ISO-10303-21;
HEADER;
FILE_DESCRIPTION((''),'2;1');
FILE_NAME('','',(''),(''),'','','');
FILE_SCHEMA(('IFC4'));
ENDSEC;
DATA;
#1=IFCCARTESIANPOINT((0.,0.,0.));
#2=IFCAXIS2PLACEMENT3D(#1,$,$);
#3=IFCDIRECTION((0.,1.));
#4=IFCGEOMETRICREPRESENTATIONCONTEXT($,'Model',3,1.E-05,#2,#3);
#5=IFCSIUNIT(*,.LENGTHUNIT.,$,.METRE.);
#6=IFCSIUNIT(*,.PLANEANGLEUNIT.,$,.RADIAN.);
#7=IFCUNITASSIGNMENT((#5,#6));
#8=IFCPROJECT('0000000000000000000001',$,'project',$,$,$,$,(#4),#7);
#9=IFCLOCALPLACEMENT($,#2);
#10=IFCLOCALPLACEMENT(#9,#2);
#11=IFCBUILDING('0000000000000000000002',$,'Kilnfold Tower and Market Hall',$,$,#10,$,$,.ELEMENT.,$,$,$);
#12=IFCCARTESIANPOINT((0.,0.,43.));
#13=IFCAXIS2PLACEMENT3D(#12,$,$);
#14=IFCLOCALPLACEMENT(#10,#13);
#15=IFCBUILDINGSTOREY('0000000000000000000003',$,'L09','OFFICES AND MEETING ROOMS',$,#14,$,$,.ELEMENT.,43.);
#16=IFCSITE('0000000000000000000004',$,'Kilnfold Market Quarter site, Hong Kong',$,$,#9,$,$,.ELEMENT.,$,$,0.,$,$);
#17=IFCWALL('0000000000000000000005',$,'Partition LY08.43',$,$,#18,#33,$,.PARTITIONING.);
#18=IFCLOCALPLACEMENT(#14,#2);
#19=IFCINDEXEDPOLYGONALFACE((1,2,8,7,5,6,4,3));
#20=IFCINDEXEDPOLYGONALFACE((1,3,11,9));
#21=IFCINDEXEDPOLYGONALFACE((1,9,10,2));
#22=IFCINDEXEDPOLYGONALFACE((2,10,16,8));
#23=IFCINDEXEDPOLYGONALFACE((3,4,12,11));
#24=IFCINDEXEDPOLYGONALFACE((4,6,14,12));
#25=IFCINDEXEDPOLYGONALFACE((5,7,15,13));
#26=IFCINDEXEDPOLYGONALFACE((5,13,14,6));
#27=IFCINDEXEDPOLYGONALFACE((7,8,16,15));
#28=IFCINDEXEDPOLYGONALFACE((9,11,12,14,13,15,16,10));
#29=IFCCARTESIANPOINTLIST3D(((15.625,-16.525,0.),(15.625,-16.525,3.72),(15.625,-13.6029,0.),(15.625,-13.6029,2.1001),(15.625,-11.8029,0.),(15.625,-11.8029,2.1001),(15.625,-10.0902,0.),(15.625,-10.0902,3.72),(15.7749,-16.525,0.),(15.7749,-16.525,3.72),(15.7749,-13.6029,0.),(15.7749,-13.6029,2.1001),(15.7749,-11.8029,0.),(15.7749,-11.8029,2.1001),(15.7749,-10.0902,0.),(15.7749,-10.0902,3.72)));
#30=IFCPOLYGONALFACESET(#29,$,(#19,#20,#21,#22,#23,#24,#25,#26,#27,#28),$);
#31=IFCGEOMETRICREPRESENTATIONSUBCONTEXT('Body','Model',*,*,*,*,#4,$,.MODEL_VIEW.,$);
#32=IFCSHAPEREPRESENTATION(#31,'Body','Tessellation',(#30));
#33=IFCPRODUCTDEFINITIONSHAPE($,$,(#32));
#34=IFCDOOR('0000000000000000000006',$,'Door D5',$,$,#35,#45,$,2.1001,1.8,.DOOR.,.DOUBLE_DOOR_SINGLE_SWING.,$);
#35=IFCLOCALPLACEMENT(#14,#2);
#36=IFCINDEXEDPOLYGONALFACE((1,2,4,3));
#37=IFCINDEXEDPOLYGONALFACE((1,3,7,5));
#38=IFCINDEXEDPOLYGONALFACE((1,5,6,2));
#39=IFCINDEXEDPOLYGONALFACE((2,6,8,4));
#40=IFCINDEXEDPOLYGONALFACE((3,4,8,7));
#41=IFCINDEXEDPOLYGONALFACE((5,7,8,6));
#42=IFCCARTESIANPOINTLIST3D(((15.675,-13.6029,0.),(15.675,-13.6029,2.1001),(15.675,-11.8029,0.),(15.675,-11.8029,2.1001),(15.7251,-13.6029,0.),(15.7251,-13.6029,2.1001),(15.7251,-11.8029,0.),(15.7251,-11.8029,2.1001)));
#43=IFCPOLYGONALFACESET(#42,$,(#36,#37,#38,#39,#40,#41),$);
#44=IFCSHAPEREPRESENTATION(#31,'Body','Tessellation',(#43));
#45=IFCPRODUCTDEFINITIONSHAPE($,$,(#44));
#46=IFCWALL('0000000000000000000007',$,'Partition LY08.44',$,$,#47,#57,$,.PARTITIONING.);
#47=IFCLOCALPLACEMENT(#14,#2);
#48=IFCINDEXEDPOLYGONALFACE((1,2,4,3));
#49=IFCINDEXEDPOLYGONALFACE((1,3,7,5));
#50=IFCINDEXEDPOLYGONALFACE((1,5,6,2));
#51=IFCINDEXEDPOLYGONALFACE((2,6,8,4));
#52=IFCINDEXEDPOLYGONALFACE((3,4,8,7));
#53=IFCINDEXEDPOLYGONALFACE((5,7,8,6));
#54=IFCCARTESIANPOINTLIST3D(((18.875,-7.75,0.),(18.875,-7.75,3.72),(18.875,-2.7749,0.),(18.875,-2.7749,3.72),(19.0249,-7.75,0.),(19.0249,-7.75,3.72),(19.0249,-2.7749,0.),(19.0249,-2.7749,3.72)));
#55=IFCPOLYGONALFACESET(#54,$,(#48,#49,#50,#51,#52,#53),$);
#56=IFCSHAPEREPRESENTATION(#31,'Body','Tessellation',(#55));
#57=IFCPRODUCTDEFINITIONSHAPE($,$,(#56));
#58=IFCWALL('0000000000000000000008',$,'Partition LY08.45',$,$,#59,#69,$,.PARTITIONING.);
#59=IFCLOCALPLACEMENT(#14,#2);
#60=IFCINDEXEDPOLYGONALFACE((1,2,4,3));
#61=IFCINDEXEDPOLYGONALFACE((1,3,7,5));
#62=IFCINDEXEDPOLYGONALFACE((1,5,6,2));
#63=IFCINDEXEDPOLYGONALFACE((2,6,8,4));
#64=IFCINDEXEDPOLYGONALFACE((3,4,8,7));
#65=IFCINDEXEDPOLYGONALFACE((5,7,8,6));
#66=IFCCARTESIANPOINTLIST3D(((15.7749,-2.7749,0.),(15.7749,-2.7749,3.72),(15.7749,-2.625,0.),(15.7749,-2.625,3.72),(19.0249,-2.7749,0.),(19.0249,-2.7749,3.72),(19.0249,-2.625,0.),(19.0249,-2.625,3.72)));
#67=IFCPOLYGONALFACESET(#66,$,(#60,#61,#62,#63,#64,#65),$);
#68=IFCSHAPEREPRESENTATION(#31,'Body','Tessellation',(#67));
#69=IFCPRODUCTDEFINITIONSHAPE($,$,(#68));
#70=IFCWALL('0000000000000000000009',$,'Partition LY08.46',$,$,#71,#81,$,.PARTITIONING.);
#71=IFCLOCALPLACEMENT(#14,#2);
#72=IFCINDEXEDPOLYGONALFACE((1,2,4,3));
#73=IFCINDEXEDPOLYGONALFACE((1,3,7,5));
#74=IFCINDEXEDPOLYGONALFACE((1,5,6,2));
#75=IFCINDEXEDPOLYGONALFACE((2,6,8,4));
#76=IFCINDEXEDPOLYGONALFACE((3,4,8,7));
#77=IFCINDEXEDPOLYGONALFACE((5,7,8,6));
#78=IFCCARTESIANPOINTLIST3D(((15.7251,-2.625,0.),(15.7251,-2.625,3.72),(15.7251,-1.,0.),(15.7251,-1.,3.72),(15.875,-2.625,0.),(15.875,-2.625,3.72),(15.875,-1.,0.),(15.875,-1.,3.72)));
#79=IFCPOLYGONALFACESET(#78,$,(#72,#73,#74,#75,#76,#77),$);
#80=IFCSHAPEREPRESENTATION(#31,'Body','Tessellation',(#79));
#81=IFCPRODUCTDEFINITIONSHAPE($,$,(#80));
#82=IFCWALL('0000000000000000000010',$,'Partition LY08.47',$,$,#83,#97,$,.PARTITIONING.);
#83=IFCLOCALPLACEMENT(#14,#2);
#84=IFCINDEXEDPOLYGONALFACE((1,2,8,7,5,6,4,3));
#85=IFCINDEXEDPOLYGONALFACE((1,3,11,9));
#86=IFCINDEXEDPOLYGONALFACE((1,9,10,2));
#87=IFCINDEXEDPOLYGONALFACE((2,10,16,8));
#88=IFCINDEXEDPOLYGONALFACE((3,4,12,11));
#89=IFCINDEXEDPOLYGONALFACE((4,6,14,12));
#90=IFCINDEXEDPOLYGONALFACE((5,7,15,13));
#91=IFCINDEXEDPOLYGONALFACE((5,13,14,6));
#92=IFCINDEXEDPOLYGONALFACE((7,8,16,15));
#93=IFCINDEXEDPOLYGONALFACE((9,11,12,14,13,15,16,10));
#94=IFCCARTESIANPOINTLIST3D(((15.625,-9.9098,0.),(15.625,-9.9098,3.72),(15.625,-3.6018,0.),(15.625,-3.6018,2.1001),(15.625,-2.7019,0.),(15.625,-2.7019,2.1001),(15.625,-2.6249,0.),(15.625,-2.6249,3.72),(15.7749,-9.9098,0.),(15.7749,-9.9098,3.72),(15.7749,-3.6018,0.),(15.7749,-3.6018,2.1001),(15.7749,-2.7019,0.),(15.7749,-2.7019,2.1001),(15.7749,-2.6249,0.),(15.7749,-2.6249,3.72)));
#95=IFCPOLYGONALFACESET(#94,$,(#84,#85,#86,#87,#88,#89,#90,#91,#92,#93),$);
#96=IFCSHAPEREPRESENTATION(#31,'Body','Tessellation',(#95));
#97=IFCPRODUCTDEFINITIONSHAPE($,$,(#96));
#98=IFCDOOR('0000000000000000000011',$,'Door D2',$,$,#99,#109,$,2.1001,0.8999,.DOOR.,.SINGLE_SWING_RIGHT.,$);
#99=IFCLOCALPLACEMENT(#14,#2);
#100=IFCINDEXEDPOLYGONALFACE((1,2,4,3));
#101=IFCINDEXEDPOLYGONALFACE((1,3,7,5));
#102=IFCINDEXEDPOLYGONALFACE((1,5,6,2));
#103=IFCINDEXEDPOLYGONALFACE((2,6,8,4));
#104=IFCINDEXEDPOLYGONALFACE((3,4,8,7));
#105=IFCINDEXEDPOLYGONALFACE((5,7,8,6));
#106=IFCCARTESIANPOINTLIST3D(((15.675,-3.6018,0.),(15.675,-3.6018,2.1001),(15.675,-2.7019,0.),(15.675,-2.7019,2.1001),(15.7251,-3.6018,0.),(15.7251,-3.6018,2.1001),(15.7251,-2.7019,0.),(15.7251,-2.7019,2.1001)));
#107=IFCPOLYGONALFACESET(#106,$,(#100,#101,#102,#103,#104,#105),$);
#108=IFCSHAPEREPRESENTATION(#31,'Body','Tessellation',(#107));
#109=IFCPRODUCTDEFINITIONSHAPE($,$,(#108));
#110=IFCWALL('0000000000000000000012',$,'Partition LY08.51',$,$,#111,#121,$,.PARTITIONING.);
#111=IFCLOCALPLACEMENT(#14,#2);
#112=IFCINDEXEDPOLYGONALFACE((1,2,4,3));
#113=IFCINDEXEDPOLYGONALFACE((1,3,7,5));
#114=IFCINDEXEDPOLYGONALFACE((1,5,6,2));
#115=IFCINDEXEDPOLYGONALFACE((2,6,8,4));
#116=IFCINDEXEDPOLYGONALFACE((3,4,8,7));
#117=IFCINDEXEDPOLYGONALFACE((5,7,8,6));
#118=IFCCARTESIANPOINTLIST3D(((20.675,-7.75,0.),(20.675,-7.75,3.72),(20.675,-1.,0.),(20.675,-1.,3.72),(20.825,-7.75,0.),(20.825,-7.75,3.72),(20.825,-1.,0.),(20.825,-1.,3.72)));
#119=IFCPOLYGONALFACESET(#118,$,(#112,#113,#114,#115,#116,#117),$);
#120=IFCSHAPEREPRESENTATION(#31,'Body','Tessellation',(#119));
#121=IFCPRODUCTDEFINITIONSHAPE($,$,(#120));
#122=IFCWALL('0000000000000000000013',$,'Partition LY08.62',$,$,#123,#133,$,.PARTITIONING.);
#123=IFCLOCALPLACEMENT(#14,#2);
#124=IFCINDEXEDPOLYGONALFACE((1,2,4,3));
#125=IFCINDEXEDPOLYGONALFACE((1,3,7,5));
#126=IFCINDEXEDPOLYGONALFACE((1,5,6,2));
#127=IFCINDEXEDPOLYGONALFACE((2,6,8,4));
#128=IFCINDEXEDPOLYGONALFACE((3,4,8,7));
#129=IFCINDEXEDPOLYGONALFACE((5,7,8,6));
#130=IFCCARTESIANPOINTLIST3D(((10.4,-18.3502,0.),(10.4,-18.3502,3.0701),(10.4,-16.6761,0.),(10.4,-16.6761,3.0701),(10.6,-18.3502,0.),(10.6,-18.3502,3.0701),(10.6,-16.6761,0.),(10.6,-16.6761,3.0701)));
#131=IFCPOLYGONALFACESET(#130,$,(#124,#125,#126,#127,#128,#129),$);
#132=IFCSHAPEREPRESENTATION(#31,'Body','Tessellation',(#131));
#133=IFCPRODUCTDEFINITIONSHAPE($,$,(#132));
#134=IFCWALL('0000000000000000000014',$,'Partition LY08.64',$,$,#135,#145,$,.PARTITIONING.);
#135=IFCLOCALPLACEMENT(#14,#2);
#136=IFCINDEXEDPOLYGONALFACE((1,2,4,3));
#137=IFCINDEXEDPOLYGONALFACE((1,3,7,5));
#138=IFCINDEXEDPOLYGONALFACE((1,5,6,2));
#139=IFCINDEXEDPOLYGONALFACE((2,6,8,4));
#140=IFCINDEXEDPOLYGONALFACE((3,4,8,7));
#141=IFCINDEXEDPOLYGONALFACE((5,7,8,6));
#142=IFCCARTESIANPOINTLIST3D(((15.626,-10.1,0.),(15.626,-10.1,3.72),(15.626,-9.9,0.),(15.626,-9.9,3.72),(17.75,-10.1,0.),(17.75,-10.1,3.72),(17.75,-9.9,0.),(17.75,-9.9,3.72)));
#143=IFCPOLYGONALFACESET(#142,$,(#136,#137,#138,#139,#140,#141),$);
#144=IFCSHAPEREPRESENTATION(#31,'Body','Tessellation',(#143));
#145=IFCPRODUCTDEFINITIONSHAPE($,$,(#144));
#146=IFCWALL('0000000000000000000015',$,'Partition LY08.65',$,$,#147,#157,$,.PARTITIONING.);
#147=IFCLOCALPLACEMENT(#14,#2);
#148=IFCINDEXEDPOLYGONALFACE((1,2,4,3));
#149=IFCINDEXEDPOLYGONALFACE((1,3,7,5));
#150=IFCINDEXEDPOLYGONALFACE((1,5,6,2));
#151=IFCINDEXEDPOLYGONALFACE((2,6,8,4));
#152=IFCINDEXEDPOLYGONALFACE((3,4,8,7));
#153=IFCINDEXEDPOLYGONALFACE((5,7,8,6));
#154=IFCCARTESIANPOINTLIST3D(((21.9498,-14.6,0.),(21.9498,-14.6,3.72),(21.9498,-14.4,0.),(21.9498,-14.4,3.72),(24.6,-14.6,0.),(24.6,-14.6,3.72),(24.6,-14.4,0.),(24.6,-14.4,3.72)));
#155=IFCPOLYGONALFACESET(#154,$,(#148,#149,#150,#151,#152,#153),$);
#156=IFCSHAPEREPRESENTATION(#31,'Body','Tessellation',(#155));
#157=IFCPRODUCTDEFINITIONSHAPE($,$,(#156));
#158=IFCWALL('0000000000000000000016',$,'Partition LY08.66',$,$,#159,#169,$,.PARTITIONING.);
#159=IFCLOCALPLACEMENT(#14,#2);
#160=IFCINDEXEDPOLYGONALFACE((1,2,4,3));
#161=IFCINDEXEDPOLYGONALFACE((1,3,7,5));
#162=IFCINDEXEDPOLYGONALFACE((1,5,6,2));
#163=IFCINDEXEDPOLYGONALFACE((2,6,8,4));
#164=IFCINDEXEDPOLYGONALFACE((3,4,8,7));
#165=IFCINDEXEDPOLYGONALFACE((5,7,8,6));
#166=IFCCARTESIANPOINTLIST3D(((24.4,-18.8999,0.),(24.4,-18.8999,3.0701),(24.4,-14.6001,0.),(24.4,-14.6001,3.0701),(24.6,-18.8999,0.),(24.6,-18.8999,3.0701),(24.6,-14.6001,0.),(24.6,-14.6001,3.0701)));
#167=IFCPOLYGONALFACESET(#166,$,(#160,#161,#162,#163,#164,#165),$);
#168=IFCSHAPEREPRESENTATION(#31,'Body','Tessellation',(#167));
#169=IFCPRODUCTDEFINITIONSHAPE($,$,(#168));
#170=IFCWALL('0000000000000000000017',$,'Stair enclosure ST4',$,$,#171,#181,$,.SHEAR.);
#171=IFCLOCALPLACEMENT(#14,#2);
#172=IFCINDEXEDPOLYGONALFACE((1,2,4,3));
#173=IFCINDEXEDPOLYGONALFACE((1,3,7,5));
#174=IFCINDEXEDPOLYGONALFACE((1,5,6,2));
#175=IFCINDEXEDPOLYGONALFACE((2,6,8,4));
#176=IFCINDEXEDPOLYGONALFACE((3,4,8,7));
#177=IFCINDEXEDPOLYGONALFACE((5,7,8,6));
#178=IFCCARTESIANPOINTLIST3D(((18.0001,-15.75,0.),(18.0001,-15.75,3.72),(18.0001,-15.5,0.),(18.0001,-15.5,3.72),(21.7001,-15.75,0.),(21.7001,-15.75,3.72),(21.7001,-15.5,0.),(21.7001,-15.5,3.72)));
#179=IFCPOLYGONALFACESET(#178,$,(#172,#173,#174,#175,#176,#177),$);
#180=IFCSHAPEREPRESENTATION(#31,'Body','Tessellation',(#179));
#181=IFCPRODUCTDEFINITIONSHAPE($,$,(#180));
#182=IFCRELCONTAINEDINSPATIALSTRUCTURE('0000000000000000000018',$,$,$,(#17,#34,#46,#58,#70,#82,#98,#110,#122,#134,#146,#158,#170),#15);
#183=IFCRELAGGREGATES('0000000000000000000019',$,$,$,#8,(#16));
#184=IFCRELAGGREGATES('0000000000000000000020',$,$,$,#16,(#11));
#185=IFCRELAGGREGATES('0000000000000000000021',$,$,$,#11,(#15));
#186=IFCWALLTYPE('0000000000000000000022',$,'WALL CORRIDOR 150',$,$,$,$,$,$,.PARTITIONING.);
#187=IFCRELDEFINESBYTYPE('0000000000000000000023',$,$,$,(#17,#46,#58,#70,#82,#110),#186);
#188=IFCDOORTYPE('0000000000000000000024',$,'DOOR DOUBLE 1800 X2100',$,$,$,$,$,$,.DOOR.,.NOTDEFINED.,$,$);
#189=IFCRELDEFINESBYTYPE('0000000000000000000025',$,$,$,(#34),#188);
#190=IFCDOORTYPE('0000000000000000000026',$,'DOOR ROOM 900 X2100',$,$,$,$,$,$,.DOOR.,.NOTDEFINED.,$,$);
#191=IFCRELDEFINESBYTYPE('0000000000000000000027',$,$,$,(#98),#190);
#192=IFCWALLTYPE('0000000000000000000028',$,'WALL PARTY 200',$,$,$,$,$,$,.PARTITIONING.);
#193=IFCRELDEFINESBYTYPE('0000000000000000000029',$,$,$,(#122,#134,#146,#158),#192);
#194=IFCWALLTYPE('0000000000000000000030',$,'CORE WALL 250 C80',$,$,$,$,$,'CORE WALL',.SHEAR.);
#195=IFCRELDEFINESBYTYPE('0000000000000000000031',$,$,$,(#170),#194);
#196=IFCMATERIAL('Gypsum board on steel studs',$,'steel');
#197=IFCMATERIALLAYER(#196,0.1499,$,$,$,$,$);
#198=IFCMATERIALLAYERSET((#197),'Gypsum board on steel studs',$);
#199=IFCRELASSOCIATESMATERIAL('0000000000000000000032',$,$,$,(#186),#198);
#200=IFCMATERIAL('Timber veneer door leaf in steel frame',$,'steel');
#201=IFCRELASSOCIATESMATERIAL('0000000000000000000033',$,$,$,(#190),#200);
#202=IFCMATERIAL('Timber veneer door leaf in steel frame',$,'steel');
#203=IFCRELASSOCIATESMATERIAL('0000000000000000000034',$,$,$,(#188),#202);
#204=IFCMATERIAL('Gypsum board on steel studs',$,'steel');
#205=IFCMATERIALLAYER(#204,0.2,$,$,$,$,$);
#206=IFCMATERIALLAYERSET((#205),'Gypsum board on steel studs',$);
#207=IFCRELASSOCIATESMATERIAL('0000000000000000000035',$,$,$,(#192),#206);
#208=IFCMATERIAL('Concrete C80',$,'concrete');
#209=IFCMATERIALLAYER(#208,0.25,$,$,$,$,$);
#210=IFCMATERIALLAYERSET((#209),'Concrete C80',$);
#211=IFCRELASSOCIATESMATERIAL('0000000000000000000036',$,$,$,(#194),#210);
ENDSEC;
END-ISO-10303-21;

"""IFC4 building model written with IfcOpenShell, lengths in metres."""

from ifc_helpers import new_model, si_unit, direction, frame, frame_2d, origin, place, context, subcontext, project, spatial, rectangle, extrude, source, transform, mapped, material, layer, layer_set, type_object, element, fill, save


model = new_model("IFC4")

# Units and contexts
model_context = context("Model", 3, precision=1e-05, world=origin(), true_north=direction((0.0, 1.0)))
body_context = subcontext(model_context, "Body", "Model", "MODEL_VIEW")
ifc_project = project(units=[si_unit("LENGTHUNIT", "METRE"), si_unit("PLANEANGLEUNIT", "RADIAN")], contexts=[model_context])

# Site, building, storey
site_placement = place(None, origin())
site = spatial("IfcSite", under=ifc_project, at=site_placement, Name="Kilnfold Market Quarter site, Hong Kong", CompositionType="ELEMENT", RefElevation=0.0)
building_placement = place(site_placement, origin())
building = spatial("IfcBuilding", under=site, at=building_placement, Name="Kilnfold Tower and Market Hall", CompositionType="ELEMENT")
storey_placement = place(building_placement, frame((0.0, 0.0, 43.0)))
storey = spatial("IfcBuildingStorey", under=building, at=storey_placement, Name="L09", Description="OFFICES AND MEETING ROOMS", CompositionType="ELEMENT", Elevation=43.0)

# Shared definitions
ifc_material_1 = material(Name="Gypsum board on steel studs", Category="steel")
ifc_layer_1 = layer(ifc_material_1, 0.1499)
ifc_layer_set_1 = layer_set([ifc_layer_1], Name="Gypsum board on steel studs")
wall_type_1 = type_object("IfcWallType", Name="WALL CORRIDOR 150", PredefinedType="PARTITIONING", material=ifc_layer_set_1)

# Wall, opening, door
ifc_material_2 = material(Name="Timber veneer door leaf in steel frame", Category="steel")
door_type_1 = type_object("IfcDoorType", Name="DOOR ROOM 900 X2100", OperationType="NOTDEFINED", PredefinedType="DOOR", material=ifc_material_2)
wall_1_placement = place(storey_placement, frame((15.7, -16.5249, 0.0), z_axis=(0.0, 0.0, 1.0), x_axis=(0.0, 1.0, 0.0)))
wall_1 = element("IfcWall", 1, at=wall_1_placement, inside=storey, type_object=wall_type_1, Name="Partition LY08.43", PredefinedType="PARTITIONING", context=body_context, shape_type="SweptSolid", body=[
    extrude(rectangle(XDim=6.4348, YDim=0.1499, at=frame_2d((3.2173, 0.0))), origin(), (0.0, 0.0, 1.0), 3.72),
])
opening_1_placement = place(wall_1_placement, frame((2.9221, 0.0, 0.0)))
opening_1 = element("IfcOpeningElement", 2, at=opening_1_placement, cuts=wall_1, PredefinedType="OPENING", context=body_context, shape_type="SweptSolid", body=[
    extrude(rectangle(XDim=1.8, YDim=2.1001, at=frame_2d((0.8999, 1.05))), frame((0.0, 0.085, 0.0), z_axis=(0.0, -1.0, 0.0), x_axis=(1.0, 0.0, 0.0)), (0.0, 0.0, 1.0), 0.1699),
])
ifc_material_3 = material(Name="Timber veneer door leaf in steel frame", Category="steel")
door_type_2 = type_object("IfcDoorType", Name="DOOR DOUBLE 1800 X2100", OperationType="NOTDEFINED", PredefinedType="DOOR", material=ifc_material_3)
door_1_placement = place(opening_1_placement, origin())
door_1 = element("IfcDoor", 3, at=door_1_placement, inside=storey, type_object=door_type_2, Name="Door D5", OperationType="DOUBLE_DOOR_SINGLE_SWING", OverallHeight=2.1001, OverallWidth=1.8, PredefinedType="DOOR", context=body_context, shape_type="SweptSolid", body=[
    extrude(rectangle(XDim=1.8, YDim=2.1001, at=frame_2d((0.8999, 1.05))), frame((0.0, 0.0249, 0.0), z_axis=(0.0, -1.0, 0.0), x_axis=(1.0, 0.0, 0.0)), (0.0, 0.0, 1.0), 0.05),
])
fill(opening_1, door_1)

# Walls
wall_2_placement = place(storey_placement, frame((18.95, -2.7749, 0.0), z_axis=(0.0, 0.0, 1.0), x_axis=(0.0, -1.0, 0.0)))
element("IfcWall", 4, at=wall_2_placement, inside=storey, type_object=wall_type_1, Name="Partition LY08.44", PredefinedType="PARTITIONING", context=body_context, shape_type="SweptSolid", body=[
    extrude(rectangle(XDim=4.9751, YDim=0.1499, at=frame_2d((2.4875, 0.0))), origin(), (0.0, 0.0, 1.0), 3.72),
])
wall_3_placement = place(storey_placement, frame((15.7749, -2.7, 0.0), z_axis=(0.0, 0.0, 1.0), x_axis=(1.0, 0.0, 0.0)))
element("IfcWall", 5, at=wall_3_placement, inside=storey, type_object=wall_type_1, Name="Partition LY08.45", PredefinedType="PARTITIONING", context=body_context, shape_type="SweptSolid", body=[
    extrude(rectangle(XDim=3.25, YDim=0.1499, at=frame_2d((1.625, 0.0))), origin(), (0.0, 0.0, 1.0), 3.72),
])
wall_4_placement = place(storey_placement, frame((15.8, -2.625, 0.0), z_axis=(0.0, 0.0, 1.0), x_axis=(0.0, 1.0, 0.0)))
element("IfcWall", 6, at=wall_4_placement, inside=storey, type_object=wall_type_1, Name="Partition LY08.46", PredefinedType="PARTITIONING", context=body_context, shape_type="SweptSolid", body=[
    extrude(rectangle(XDim=1.625, YDim=0.1499, at=frame_2d((0.8125, 0.0))), origin(), (0.0, 0.0, 1.0), 3.72),
])

# Wall, opening, door
wall_5_placement = place(storey_placement, frame((15.7, -9.9099, 0.0), z_axis=(0.0, 0.0, 1.0), x_axis=(0.0, 1.0, 0.0)))
wall_5 = element("IfcWall", 7, at=wall_5_placement, inside=storey, type_object=wall_type_1, Name="Partition LY08.47", PredefinedType="PARTITIONING", context=body_context, shape_type="SweptSolid", body=[
    extrude(rectangle(XDim=7.2849, YDim=0.1499, at=frame_2d((3.6426, 0.0))), origin(), (0.0, 0.0, 1.0), 3.72),
])
opening_2_placement = place(wall_5_placement, frame((6.3081, 0.0, 0.0)))
opening_2 = element("IfcOpeningElement", 8, at=opening_2_placement, cuts=wall_5, PredefinedType="OPENING", context=body_context, shape_type="SweptSolid", body=[
    extrude(rectangle(XDim=0.8999, YDim=2.1001, at=frame_2d((0.45, 1.05))), frame((0.0, 0.085, 0.0), z_axis=(0.0, -1.0, 0.0), x_axis=(1.0, 0.0, 0.0)), (0.0, 0.0, 1.0), 0.1699),
])
door_2_placement = place(opening_2_placement, origin())
door_2 = element("IfcDoor", 9, at=door_2_placement, inside=storey, type_object=door_type_1, Name="Door D2", OperationType="SINGLE_SWING_RIGHT", OverallHeight=2.1001, OverallWidth=0.8999, PredefinedType="DOOR", context=body_context, shape_type="SweptSolid", body=[
    extrude(rectangle(XDim=0.8999, YDim=2.1001, at=frame_2d((0.45, 1.05))), frame((0.0, 0.0249, 0.0), z_axis=(0.0, -1.0, 0.0), x_axis=(1.0, 0.0, 0.0)), (0.0, 0.0, 1.0), 0.05),
])
fill(opening_2, door_2)

# Walls
wall_6_placement = place(storey_placement, frame((20.75, -7.75, 0.0), z_axis=(0.0, 0.0, 1.0), x_axis=(0.0, 1.0, 0.0)))
element("IfcWall", 10, at=wall_6_placement, inside=storey, type_object=wall_type_1, Name="Partition LY08.51", PredefinedType="PARTITIONING", context=body_context, shape_type="SweptSolid", body=[
    extrude(rectangle(XDim=6.75, YDim=0.1499, at=frame_2d((3.375, 0.0))), origin(), (0.0, 0.0, 1.0), 3.72),
])
ifc_material_4 = material(Name="Gypsum board on steel studs", Category="steel")
ifc_layer_2 = layer(ifc_material_4, 0.2)
ifc_layer_set_2 = layer_set([ifc_layer_2], Name="Gypsum board on steel studs")
wall_type_2 = type_object("IfcWallType", Name="WALL PARTY 200", PredefinedType="PARTITIONING", material=ifc_layer_set_2)
wall_7_placement = place(storey_placement, frame((10.5, -18.3501, 0.0), z_axis=(0.0, 0.0, 1.0), x_axis=(0.0, 1.0, 0.0)))
element("IfcWall", 11, at=wall_7_placement, inside=storey, type_object=wall_type_2, Name="Partition LY08.62", PredefinedType="PARTITIONING", context=body_context, shape_type="SweptSolid", body=[
    extrude(rectangle(XDim=1.6741, YDim=0.2, at=frame_2d((0.8369, 0.0))), origin(), (0.0, 0.0, 1.0), 3.0701),
])
wall_8_placement = place(storey_placement, frame((17.75, -10.0, 0.0), z_axis=(0.0, 0.0, 1.0), x_axis=(-1.0, 0.0, 0.0)))
element("IfcWall", 12, at=wall_8_placement, inside=storey, type_object=wall_type_2, Name="Partition LY08.64", PredefinedType="PARTITIONING", context=body_context, shape_type="SweptSolid", body=[
    extrude(rectangle(XDim=2.124, YDim=0.2, at=frame_2d((1.062, 0.0))), origin(), (0.0, 0.0, 1.0), 3.72),
])
wall_9_placement = place(storey_placement, frame((24.6001, -14.5, 0.0), z_axis=(0.0, 0.0, 1.0), x_axis=(-1.0, 0.0, 0.0)))
element("IfcWall", 13, at=wall_9_placement, inside=storey, type_object=wall_type_2, Name="Partition LY08.65", PredefinedType="PARTITIONING", context=body_context, shape_type="SweptSolid", body=[
    extrude(rectangle(XDim=2.6501, YDim=0.2, at=frame_2d((1.3252, 0.0))), origin(), (0.0, 0.0, 1.0), 3.72),
])
wall_10_placement = place(storey_placement, frame((24.5, -18.8999, 0.0), z_axis=(0.0, 0.0, 1.0), x_axis=(0.0, 1.0, 0.0)))
element("IfcWall", 14, at=wall_10_placement, inside=storey, type_object=wall_type_2, Name="Partition LY08.66", PredefinedType="PARTITIONING", context=body_context, shape_type="SweptSolid", body=[
    extrude(rectangle(XDim=4.2998, YDim=0.2, at=frame_2d((2.1499, 0.0))), origin(), (0.0, 0.0, 1.0), 3.0701),
])
ifc_material_5 = material(Name="Concrete C80", Category="concrete")
ifc_layer_3 = layer(ifc_material_5, 0.25)
ifc_layer_set_3 = layer_set([ifc_layer_3], Name="Concrete C80")
wall_type_3 = type_object("IfcWallType", Name="CORE WALL 250 C80", ElementType="CORE WALL", PredefinedType="SHEAR", material=ifc_layer_set_3)
shared_shape_1 = source(origin(), body_context, "Body", "SweptSolid", [
    extrude(rectangle(XDim=3.7, YDim=0.25, at=frame_2d((1.8501, 0.0))), origin(), (0.0, 0.0, 1.0), 3.72),
])
wall_11_placement = place(storey_placement, frame((18.0, -15.625, 0.0), z_axis=(0.0, 0.0, 1.0), x_axis=(1.0, 0.0, 0.0)))
element("IfcWall", 15, at=wall_11_placement, inside=storey, type_object=wall_type_3, Name="Stair enclosure ST4", PredefinedType="SHEAR", context=body_context, shape_type="MappedRepresentation", body=[
    mapped(shared_shape_1, transform((0.0, 0.0, 0.0))),
])

save(model, "model.ifc")
